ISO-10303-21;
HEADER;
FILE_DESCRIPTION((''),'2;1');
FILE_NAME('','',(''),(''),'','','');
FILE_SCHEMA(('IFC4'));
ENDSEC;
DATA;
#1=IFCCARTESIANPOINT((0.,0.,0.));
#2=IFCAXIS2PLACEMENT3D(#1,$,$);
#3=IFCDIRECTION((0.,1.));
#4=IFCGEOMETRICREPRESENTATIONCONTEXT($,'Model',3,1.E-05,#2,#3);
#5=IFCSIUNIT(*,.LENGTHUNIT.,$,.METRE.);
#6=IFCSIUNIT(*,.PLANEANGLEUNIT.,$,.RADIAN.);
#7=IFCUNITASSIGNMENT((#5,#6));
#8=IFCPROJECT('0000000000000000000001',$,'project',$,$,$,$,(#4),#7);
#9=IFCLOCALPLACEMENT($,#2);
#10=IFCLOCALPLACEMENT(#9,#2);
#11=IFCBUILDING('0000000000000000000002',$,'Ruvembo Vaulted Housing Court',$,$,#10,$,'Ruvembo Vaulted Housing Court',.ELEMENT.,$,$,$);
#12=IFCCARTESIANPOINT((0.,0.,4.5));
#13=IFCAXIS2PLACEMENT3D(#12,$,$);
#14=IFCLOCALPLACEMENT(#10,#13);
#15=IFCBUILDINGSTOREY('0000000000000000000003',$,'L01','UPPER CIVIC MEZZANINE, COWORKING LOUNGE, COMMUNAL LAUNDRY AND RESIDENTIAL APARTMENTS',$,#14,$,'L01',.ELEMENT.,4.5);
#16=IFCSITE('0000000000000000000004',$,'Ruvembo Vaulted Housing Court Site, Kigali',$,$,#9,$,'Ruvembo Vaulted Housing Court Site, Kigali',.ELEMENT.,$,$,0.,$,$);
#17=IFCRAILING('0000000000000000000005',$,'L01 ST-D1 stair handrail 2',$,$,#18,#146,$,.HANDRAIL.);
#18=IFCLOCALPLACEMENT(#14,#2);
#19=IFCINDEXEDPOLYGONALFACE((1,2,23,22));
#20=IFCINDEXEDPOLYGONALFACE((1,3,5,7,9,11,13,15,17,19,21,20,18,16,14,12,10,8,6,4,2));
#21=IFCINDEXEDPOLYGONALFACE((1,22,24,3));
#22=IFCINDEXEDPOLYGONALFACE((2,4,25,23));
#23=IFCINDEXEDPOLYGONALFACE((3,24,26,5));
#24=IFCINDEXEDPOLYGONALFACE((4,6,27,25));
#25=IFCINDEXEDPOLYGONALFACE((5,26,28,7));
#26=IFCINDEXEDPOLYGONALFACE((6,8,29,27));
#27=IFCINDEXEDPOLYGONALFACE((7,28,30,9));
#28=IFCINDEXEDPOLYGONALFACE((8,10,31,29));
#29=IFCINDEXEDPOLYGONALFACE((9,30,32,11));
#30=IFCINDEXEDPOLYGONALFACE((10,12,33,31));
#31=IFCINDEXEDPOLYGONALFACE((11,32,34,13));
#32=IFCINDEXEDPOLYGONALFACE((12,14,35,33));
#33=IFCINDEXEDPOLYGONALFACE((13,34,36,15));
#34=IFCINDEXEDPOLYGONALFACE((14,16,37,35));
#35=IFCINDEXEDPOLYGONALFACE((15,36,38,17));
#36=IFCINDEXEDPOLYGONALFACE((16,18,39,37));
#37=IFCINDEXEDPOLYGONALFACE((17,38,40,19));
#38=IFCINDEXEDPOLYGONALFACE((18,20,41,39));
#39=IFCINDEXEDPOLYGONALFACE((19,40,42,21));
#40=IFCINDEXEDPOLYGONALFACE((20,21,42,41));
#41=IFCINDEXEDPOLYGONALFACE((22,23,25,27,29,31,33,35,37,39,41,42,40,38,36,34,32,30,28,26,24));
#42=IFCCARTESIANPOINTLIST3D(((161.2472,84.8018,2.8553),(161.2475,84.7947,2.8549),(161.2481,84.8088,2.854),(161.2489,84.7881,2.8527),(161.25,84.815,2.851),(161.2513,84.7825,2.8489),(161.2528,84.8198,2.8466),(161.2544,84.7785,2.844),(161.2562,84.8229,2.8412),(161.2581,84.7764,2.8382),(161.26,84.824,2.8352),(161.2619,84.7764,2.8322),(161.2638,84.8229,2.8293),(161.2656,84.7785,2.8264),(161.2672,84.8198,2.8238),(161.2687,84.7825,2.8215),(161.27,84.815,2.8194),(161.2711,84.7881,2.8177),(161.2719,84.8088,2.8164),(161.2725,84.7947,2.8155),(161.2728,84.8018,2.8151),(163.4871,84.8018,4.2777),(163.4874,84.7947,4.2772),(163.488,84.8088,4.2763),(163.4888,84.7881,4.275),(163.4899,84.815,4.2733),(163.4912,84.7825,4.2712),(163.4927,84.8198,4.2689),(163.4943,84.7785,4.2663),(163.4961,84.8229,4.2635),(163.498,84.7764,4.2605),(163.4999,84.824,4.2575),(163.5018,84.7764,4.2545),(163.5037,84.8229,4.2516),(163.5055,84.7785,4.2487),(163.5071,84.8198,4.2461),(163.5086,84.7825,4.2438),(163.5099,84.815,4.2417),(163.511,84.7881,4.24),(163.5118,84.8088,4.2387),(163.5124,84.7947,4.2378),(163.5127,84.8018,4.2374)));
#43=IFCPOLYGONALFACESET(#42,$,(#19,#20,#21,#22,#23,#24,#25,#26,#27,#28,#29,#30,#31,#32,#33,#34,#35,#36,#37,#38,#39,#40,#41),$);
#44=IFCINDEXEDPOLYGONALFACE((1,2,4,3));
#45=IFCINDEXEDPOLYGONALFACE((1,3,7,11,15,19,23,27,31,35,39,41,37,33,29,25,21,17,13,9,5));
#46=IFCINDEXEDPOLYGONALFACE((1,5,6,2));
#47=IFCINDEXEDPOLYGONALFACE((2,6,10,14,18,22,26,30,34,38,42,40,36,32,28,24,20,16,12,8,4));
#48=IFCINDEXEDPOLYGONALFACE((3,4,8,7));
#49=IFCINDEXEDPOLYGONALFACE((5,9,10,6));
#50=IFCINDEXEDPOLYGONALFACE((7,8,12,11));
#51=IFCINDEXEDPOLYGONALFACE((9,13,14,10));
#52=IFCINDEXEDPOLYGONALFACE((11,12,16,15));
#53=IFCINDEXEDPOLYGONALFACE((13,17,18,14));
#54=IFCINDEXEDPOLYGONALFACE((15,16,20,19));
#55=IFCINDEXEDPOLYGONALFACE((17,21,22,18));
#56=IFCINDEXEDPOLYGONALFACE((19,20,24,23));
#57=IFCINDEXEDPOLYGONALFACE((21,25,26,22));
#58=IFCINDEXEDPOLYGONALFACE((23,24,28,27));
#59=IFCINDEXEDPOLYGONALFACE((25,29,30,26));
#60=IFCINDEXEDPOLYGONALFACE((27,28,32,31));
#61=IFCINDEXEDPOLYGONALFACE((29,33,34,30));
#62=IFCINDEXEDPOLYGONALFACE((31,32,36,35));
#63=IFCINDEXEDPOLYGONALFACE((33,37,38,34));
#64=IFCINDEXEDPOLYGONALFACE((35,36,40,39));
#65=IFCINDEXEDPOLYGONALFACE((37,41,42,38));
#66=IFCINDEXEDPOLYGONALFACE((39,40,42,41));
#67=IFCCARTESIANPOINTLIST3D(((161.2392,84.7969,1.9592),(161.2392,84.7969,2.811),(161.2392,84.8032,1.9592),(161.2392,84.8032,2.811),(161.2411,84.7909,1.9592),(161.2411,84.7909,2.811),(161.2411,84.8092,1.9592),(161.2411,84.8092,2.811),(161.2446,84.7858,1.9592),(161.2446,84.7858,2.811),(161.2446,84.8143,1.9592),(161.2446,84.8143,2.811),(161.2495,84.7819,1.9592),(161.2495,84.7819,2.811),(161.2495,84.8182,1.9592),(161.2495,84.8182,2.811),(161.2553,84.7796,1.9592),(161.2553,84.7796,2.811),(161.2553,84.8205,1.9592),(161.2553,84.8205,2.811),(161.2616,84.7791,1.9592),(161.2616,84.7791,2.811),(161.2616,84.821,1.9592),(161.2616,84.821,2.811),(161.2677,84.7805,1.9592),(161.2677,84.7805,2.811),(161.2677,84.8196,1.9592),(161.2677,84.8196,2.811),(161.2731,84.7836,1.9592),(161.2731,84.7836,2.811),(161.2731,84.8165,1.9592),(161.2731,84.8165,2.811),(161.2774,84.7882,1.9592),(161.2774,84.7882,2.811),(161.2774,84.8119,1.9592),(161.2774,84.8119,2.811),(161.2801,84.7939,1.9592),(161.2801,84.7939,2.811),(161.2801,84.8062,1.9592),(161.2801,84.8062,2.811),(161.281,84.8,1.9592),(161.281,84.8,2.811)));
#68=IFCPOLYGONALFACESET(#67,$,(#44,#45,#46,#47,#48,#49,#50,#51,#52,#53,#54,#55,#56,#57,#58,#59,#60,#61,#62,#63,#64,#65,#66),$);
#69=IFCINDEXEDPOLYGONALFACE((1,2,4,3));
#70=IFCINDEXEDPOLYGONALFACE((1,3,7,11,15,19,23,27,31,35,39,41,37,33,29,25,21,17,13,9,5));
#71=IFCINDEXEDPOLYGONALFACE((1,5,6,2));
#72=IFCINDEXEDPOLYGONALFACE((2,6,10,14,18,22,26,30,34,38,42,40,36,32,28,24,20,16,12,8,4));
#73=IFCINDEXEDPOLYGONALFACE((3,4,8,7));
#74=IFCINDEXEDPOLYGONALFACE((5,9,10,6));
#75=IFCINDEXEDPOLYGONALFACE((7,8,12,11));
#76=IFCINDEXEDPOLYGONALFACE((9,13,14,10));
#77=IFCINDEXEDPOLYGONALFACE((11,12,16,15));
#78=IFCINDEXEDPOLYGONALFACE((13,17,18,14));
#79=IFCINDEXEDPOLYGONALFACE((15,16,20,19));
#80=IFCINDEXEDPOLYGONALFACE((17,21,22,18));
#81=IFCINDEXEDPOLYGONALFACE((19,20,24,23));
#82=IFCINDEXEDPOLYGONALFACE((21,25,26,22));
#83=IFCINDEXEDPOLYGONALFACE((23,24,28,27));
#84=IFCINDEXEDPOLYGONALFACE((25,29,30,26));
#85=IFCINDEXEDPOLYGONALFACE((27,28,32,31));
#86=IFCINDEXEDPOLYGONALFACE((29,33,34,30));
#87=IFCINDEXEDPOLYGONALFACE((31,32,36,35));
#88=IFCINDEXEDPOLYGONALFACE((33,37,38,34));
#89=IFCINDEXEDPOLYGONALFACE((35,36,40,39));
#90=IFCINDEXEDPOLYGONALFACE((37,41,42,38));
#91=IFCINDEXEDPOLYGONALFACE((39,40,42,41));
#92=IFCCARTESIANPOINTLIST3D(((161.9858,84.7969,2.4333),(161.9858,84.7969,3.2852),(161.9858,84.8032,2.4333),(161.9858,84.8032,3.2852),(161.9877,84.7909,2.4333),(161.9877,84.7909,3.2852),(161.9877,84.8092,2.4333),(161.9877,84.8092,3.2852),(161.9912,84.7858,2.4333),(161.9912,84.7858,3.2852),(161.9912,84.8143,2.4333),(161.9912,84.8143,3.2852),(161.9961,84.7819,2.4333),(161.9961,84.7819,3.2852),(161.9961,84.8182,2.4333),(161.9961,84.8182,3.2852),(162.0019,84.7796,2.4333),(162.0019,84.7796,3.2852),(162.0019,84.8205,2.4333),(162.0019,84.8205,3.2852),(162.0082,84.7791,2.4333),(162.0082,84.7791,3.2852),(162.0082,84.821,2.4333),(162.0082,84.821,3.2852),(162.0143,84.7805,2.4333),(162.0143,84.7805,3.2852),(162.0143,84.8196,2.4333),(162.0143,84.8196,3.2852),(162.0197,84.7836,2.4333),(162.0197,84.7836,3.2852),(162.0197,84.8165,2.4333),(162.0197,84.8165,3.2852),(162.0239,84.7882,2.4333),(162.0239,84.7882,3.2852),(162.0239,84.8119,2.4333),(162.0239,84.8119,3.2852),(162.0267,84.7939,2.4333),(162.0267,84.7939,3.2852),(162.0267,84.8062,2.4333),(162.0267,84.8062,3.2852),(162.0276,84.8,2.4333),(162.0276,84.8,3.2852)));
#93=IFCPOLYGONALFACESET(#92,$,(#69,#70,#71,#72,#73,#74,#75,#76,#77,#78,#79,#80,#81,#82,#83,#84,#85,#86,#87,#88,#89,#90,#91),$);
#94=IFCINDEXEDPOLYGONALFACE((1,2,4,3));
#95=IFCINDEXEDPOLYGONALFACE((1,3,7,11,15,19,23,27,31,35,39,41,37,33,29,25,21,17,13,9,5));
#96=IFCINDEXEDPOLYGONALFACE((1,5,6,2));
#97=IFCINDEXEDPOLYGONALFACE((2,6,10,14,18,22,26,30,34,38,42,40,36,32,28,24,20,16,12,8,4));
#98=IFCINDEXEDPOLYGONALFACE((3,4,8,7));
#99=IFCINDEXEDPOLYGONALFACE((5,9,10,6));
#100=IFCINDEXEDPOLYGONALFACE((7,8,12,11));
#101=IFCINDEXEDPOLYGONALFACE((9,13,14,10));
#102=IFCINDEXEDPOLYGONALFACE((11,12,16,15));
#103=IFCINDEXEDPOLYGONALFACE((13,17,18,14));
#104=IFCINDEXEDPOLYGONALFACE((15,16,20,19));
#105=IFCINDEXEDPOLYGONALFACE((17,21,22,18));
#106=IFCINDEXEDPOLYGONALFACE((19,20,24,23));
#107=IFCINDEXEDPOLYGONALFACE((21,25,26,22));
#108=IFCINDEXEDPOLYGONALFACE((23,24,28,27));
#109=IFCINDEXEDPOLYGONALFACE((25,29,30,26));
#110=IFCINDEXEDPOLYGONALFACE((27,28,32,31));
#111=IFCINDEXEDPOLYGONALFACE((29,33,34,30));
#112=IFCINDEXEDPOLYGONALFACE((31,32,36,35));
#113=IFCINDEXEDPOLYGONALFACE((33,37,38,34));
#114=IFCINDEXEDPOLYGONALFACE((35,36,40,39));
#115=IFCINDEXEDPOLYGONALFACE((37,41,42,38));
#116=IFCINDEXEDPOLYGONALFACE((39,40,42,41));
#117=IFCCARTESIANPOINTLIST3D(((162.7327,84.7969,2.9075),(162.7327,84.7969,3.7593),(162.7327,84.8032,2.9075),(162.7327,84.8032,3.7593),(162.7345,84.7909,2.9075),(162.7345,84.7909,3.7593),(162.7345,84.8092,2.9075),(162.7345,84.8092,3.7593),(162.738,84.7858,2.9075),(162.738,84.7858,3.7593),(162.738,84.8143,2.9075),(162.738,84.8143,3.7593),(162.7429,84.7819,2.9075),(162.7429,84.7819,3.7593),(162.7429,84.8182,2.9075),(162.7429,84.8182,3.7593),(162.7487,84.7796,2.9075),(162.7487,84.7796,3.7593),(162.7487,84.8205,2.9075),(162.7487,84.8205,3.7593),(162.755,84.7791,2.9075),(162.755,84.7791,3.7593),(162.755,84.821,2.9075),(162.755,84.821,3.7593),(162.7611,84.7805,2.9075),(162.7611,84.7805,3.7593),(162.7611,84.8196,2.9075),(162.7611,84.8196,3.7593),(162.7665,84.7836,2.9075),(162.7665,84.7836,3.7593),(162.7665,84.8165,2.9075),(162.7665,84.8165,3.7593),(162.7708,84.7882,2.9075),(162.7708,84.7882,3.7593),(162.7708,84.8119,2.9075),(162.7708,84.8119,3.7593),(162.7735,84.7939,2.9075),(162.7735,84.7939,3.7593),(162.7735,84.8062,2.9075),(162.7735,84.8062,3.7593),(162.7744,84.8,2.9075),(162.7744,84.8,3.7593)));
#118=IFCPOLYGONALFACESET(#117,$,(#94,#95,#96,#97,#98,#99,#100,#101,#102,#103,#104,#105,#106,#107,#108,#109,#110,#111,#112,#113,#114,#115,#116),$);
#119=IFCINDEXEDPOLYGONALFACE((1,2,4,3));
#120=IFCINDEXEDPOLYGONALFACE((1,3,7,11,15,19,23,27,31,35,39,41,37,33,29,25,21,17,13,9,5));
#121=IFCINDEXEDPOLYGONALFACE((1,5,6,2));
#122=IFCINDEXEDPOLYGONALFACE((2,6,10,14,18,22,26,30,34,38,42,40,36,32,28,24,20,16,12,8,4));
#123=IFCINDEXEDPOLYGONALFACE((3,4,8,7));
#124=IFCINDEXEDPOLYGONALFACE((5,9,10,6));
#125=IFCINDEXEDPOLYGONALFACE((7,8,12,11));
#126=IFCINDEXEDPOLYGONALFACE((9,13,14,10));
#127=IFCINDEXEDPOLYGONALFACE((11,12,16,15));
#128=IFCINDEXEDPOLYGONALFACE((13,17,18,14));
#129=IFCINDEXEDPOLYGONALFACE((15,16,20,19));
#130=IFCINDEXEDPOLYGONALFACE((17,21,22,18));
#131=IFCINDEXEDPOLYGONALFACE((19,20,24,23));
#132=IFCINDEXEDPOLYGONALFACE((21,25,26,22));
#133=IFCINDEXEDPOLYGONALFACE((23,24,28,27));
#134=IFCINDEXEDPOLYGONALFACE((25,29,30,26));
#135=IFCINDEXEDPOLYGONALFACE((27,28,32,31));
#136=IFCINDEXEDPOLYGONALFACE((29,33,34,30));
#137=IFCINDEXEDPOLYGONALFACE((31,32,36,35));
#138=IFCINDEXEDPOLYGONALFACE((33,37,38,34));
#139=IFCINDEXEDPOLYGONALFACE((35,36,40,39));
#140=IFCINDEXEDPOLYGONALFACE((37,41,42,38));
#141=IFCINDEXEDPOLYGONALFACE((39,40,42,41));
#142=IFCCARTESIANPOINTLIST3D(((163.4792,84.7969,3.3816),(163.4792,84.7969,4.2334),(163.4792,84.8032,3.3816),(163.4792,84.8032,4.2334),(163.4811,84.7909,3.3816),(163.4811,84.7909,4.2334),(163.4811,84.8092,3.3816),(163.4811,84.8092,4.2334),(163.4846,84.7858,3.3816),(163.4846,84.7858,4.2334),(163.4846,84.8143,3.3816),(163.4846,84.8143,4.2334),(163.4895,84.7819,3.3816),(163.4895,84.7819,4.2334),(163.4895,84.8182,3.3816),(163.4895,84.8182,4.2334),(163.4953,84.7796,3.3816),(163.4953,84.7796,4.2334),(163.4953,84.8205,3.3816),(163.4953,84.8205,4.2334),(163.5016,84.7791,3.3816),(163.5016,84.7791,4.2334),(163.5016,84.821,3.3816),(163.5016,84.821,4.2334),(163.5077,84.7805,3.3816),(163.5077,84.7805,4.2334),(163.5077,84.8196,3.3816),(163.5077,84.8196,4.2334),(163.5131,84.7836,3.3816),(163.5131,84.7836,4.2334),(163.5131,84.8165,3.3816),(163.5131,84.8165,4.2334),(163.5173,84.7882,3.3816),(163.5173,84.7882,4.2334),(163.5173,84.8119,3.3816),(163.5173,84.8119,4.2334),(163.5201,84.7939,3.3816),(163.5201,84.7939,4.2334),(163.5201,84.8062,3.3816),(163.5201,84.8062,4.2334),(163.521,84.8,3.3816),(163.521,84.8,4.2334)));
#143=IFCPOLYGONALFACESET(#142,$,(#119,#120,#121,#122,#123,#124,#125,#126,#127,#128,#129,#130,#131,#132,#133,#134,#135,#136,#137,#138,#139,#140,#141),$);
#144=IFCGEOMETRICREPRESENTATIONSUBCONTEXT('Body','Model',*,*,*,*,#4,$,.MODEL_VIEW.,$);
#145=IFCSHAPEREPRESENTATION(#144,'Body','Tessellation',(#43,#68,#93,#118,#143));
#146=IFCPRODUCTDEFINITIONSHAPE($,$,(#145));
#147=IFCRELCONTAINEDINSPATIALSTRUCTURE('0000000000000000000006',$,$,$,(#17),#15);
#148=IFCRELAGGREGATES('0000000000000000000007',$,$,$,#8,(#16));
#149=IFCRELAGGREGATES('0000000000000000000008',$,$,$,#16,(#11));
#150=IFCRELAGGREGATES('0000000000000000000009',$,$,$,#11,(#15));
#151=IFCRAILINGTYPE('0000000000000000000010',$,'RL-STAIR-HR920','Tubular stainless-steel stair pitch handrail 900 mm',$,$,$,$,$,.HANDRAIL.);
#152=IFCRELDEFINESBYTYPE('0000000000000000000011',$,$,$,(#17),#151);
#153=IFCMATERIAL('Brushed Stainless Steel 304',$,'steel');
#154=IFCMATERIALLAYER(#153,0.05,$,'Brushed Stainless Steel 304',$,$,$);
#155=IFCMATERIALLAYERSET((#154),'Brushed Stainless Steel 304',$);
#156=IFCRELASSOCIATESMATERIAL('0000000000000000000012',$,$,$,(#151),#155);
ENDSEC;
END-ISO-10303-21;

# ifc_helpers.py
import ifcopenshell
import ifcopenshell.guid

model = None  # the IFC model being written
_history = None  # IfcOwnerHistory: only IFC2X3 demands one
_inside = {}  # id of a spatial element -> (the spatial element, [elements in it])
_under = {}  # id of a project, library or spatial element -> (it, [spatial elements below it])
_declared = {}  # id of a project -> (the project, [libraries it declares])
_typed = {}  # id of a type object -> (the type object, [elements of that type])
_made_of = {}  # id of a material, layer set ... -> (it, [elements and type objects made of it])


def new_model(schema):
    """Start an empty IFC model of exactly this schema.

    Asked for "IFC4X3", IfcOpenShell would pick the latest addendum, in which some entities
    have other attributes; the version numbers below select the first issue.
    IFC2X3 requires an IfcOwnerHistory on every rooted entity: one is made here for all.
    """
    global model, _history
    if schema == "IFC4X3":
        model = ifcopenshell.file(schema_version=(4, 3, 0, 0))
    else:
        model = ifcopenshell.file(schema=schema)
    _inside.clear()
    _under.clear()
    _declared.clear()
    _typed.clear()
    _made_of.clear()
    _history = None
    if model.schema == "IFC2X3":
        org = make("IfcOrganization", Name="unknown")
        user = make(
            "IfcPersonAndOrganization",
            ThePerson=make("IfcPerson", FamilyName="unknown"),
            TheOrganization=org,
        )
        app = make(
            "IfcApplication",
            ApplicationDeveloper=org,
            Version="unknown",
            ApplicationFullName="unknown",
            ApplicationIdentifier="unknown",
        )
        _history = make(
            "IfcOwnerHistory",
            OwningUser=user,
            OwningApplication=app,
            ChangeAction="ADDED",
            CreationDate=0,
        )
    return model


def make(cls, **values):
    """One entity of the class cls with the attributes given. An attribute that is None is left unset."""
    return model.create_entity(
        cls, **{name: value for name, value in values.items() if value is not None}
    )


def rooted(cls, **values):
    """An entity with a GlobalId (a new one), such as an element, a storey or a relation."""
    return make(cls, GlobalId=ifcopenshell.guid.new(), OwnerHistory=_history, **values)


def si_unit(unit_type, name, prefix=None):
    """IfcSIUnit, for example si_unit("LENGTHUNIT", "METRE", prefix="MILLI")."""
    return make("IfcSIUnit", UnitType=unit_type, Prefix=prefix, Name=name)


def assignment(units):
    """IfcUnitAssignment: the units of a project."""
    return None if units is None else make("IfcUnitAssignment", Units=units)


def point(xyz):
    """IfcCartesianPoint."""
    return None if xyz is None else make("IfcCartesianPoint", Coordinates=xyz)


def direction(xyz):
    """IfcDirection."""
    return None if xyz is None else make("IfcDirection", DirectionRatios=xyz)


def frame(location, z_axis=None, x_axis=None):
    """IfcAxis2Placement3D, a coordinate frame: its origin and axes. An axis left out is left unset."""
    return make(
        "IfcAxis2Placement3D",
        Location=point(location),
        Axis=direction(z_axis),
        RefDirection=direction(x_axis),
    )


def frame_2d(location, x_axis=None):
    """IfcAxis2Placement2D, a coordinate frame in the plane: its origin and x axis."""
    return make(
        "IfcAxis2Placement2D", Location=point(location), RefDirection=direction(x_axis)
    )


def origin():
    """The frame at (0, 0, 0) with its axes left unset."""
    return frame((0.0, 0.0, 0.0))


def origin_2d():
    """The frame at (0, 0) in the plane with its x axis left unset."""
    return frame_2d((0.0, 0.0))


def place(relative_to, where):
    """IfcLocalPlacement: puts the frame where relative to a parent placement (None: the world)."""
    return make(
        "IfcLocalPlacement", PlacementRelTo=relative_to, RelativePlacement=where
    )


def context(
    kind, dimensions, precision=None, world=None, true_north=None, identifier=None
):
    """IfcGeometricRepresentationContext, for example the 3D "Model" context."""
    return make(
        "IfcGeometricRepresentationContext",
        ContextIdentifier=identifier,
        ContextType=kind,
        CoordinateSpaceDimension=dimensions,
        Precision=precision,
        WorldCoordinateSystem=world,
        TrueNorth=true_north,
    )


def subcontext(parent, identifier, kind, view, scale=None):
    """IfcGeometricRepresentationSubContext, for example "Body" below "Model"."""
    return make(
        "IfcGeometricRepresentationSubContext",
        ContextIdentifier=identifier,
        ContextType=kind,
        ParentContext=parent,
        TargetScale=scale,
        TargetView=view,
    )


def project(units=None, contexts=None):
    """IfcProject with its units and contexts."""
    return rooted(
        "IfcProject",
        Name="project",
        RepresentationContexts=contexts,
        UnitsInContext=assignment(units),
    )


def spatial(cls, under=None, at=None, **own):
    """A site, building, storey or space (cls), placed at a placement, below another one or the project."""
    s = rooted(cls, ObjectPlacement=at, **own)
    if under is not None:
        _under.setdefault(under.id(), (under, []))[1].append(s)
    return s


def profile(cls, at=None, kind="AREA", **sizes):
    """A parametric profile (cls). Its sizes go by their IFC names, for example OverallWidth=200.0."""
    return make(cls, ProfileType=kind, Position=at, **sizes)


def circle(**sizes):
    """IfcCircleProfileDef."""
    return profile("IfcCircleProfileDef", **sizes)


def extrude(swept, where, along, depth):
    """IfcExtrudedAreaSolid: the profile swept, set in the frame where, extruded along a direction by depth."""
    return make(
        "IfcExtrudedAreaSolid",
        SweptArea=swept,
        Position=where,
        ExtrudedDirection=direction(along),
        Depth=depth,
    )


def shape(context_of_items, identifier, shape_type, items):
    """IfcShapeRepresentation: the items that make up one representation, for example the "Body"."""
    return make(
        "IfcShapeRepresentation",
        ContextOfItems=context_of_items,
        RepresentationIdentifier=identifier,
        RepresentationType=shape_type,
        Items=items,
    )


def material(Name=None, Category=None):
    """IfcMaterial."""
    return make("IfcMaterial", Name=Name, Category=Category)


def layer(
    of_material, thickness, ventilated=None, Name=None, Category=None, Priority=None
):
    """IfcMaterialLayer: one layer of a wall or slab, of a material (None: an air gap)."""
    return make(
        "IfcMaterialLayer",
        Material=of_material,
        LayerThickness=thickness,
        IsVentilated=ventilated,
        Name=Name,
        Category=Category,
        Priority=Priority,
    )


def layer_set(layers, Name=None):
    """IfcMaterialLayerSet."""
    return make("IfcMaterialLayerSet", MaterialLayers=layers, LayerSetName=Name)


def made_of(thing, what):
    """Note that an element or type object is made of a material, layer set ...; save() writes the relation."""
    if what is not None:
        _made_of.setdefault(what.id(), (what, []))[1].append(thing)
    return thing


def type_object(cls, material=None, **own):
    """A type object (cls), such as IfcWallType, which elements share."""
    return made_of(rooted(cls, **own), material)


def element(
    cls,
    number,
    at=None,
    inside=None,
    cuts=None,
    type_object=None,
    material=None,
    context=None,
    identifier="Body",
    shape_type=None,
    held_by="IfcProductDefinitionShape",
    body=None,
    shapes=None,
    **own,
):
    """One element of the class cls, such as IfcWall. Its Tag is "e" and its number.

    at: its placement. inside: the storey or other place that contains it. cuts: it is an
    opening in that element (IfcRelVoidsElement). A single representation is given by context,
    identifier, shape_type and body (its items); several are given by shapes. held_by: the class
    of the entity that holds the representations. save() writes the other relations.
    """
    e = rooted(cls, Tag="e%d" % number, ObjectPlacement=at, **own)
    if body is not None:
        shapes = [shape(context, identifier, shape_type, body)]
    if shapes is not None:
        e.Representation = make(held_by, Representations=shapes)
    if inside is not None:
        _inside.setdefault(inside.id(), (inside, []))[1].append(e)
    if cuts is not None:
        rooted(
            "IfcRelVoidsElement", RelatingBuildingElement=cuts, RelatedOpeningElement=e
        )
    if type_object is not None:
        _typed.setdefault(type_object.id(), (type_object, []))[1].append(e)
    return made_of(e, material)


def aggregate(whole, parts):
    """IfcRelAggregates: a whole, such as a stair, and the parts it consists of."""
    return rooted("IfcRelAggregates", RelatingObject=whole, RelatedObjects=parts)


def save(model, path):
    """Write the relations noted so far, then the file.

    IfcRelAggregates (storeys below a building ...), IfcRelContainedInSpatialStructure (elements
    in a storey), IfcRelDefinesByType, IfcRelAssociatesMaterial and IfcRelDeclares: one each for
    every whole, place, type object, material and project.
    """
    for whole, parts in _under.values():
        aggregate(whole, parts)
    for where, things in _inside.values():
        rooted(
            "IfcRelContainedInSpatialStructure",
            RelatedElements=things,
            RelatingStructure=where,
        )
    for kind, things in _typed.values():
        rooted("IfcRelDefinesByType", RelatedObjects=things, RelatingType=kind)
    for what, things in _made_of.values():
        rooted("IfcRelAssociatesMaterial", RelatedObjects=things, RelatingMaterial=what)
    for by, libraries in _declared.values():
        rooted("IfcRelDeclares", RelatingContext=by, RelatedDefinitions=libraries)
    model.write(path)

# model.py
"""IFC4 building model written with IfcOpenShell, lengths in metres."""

from ifc_helpers import new_model, si_unit, direction, frame, origin, origin_2d, place, context, subcontext, project, spatial, circle, extrude, material, layer, layer_set, type_object, element, save


model = new_model("IFC4")

# Units and contexts
model_context = context("Model", 3, precision=1e-05, world=origin(), true_north=direction((0.0, 1.0)))
body_context = subcontext(model_context, "Body", "Model", "MODEL_VIEW")
ifc_project = project(units=[si_unit("LENGTHUNIT", "METRE"), si_unit("PLANEANGLEUNIT", "RADIAN")], contexts=[model_context])

# Site, building, storey
site_placement = place(None, origin())
site = spatial("IfcSite", under=ifc_project, at=site_placement, Name="Ruvembo Vaulted Housing Court Site, Kigali", LongName="Ruvembo Vaulted Housing Court Site, Kigali", CompositionType="ELEMENT", RefElevation=0.0)
building_placement = place(site_placement, origin())
building = spatial("IfcBuilding", under=site, at=building_placement, Name="Ruvembo Vaulted Housing Court", LongName="Ruvembo Vaulted Housing Court", CompositionType="ELEMENT")
storey_placement = place(building_placement, frame((0.0, 0.0, 4.5)))
storey = spatial("IfcBuildingStorey", under=building, at=storey_placement, Name="L01", Description="UPPER CIVIC MEZZANINE, COWORKING LOUNGE, COMMUNAL LAUNDRY AND RESIDENTIAL APARTMENTS", LongName="L01", CompositionType="ELEMENT", Elevation=4.5)

# Railing
ifc_material_1 = material(Name="Brushed Stainless Steel 304", Category="steel")
ifc_layer_1 = layer(ifc_material_1, 0.05, Name="Brushed Stainless Steel 304")
ifc_layer_set_1 = layer_set([ifc_layer_1], Name="Brushed Stainless Steel 304")
railing_type_1 = type_object("IfcRailingType", Name="RL-STAIR-HR920", Description="Tubular stainless-steel stair pitch handrail 900 mm", PredefinedType="HANDRAIL", material=ifc_layer_set_1)
railing_1_placement = place(storey_placement, frame((161.26, 84.8, 1.9592)))
element("IfcRailing", 1, at=railing_1_placement, inside=storey, type_object=railing_type_1, Name="L01 ST-D1 stair handrail 2", PredefinedType="HANDRAIL", context=body_context, shape_type="SweptSolid", body=[
    extrude(circle(Radius=0.0239, at=origin_2d()), frame((0.0, 0.0, 0.876), z_axis=(0.844188, 0.0, 0.536048), x_axis=(0.0, 1.0, 0.0)), (0.0, 0.0, 1.0), 2.6533),
    extrude(circle(Radius=0.021, at=origin_2d()), origin(), (0.0, 0.0, 1.0), 0.8518),
    extrude(circle(Radius=0.021, at=origin_2d()), frame((0.7466, 0.0, 0.4741)), (0.0, 0.0, 1.0), 0.8518),
    extrude(circle(Radius=0.021, at=origin_2d()), frame((1.4934, 0.0, 0.9482)), (0.0, 0.0, 1.0), 0.8518),
    extrude(circle(Radius=0.021, at=origin_2d()), frame((2.24, 0.0, 1.4224)), (0.0, 0.0, 1.0), 0.8518),
])

save(model, "model.ifc")
